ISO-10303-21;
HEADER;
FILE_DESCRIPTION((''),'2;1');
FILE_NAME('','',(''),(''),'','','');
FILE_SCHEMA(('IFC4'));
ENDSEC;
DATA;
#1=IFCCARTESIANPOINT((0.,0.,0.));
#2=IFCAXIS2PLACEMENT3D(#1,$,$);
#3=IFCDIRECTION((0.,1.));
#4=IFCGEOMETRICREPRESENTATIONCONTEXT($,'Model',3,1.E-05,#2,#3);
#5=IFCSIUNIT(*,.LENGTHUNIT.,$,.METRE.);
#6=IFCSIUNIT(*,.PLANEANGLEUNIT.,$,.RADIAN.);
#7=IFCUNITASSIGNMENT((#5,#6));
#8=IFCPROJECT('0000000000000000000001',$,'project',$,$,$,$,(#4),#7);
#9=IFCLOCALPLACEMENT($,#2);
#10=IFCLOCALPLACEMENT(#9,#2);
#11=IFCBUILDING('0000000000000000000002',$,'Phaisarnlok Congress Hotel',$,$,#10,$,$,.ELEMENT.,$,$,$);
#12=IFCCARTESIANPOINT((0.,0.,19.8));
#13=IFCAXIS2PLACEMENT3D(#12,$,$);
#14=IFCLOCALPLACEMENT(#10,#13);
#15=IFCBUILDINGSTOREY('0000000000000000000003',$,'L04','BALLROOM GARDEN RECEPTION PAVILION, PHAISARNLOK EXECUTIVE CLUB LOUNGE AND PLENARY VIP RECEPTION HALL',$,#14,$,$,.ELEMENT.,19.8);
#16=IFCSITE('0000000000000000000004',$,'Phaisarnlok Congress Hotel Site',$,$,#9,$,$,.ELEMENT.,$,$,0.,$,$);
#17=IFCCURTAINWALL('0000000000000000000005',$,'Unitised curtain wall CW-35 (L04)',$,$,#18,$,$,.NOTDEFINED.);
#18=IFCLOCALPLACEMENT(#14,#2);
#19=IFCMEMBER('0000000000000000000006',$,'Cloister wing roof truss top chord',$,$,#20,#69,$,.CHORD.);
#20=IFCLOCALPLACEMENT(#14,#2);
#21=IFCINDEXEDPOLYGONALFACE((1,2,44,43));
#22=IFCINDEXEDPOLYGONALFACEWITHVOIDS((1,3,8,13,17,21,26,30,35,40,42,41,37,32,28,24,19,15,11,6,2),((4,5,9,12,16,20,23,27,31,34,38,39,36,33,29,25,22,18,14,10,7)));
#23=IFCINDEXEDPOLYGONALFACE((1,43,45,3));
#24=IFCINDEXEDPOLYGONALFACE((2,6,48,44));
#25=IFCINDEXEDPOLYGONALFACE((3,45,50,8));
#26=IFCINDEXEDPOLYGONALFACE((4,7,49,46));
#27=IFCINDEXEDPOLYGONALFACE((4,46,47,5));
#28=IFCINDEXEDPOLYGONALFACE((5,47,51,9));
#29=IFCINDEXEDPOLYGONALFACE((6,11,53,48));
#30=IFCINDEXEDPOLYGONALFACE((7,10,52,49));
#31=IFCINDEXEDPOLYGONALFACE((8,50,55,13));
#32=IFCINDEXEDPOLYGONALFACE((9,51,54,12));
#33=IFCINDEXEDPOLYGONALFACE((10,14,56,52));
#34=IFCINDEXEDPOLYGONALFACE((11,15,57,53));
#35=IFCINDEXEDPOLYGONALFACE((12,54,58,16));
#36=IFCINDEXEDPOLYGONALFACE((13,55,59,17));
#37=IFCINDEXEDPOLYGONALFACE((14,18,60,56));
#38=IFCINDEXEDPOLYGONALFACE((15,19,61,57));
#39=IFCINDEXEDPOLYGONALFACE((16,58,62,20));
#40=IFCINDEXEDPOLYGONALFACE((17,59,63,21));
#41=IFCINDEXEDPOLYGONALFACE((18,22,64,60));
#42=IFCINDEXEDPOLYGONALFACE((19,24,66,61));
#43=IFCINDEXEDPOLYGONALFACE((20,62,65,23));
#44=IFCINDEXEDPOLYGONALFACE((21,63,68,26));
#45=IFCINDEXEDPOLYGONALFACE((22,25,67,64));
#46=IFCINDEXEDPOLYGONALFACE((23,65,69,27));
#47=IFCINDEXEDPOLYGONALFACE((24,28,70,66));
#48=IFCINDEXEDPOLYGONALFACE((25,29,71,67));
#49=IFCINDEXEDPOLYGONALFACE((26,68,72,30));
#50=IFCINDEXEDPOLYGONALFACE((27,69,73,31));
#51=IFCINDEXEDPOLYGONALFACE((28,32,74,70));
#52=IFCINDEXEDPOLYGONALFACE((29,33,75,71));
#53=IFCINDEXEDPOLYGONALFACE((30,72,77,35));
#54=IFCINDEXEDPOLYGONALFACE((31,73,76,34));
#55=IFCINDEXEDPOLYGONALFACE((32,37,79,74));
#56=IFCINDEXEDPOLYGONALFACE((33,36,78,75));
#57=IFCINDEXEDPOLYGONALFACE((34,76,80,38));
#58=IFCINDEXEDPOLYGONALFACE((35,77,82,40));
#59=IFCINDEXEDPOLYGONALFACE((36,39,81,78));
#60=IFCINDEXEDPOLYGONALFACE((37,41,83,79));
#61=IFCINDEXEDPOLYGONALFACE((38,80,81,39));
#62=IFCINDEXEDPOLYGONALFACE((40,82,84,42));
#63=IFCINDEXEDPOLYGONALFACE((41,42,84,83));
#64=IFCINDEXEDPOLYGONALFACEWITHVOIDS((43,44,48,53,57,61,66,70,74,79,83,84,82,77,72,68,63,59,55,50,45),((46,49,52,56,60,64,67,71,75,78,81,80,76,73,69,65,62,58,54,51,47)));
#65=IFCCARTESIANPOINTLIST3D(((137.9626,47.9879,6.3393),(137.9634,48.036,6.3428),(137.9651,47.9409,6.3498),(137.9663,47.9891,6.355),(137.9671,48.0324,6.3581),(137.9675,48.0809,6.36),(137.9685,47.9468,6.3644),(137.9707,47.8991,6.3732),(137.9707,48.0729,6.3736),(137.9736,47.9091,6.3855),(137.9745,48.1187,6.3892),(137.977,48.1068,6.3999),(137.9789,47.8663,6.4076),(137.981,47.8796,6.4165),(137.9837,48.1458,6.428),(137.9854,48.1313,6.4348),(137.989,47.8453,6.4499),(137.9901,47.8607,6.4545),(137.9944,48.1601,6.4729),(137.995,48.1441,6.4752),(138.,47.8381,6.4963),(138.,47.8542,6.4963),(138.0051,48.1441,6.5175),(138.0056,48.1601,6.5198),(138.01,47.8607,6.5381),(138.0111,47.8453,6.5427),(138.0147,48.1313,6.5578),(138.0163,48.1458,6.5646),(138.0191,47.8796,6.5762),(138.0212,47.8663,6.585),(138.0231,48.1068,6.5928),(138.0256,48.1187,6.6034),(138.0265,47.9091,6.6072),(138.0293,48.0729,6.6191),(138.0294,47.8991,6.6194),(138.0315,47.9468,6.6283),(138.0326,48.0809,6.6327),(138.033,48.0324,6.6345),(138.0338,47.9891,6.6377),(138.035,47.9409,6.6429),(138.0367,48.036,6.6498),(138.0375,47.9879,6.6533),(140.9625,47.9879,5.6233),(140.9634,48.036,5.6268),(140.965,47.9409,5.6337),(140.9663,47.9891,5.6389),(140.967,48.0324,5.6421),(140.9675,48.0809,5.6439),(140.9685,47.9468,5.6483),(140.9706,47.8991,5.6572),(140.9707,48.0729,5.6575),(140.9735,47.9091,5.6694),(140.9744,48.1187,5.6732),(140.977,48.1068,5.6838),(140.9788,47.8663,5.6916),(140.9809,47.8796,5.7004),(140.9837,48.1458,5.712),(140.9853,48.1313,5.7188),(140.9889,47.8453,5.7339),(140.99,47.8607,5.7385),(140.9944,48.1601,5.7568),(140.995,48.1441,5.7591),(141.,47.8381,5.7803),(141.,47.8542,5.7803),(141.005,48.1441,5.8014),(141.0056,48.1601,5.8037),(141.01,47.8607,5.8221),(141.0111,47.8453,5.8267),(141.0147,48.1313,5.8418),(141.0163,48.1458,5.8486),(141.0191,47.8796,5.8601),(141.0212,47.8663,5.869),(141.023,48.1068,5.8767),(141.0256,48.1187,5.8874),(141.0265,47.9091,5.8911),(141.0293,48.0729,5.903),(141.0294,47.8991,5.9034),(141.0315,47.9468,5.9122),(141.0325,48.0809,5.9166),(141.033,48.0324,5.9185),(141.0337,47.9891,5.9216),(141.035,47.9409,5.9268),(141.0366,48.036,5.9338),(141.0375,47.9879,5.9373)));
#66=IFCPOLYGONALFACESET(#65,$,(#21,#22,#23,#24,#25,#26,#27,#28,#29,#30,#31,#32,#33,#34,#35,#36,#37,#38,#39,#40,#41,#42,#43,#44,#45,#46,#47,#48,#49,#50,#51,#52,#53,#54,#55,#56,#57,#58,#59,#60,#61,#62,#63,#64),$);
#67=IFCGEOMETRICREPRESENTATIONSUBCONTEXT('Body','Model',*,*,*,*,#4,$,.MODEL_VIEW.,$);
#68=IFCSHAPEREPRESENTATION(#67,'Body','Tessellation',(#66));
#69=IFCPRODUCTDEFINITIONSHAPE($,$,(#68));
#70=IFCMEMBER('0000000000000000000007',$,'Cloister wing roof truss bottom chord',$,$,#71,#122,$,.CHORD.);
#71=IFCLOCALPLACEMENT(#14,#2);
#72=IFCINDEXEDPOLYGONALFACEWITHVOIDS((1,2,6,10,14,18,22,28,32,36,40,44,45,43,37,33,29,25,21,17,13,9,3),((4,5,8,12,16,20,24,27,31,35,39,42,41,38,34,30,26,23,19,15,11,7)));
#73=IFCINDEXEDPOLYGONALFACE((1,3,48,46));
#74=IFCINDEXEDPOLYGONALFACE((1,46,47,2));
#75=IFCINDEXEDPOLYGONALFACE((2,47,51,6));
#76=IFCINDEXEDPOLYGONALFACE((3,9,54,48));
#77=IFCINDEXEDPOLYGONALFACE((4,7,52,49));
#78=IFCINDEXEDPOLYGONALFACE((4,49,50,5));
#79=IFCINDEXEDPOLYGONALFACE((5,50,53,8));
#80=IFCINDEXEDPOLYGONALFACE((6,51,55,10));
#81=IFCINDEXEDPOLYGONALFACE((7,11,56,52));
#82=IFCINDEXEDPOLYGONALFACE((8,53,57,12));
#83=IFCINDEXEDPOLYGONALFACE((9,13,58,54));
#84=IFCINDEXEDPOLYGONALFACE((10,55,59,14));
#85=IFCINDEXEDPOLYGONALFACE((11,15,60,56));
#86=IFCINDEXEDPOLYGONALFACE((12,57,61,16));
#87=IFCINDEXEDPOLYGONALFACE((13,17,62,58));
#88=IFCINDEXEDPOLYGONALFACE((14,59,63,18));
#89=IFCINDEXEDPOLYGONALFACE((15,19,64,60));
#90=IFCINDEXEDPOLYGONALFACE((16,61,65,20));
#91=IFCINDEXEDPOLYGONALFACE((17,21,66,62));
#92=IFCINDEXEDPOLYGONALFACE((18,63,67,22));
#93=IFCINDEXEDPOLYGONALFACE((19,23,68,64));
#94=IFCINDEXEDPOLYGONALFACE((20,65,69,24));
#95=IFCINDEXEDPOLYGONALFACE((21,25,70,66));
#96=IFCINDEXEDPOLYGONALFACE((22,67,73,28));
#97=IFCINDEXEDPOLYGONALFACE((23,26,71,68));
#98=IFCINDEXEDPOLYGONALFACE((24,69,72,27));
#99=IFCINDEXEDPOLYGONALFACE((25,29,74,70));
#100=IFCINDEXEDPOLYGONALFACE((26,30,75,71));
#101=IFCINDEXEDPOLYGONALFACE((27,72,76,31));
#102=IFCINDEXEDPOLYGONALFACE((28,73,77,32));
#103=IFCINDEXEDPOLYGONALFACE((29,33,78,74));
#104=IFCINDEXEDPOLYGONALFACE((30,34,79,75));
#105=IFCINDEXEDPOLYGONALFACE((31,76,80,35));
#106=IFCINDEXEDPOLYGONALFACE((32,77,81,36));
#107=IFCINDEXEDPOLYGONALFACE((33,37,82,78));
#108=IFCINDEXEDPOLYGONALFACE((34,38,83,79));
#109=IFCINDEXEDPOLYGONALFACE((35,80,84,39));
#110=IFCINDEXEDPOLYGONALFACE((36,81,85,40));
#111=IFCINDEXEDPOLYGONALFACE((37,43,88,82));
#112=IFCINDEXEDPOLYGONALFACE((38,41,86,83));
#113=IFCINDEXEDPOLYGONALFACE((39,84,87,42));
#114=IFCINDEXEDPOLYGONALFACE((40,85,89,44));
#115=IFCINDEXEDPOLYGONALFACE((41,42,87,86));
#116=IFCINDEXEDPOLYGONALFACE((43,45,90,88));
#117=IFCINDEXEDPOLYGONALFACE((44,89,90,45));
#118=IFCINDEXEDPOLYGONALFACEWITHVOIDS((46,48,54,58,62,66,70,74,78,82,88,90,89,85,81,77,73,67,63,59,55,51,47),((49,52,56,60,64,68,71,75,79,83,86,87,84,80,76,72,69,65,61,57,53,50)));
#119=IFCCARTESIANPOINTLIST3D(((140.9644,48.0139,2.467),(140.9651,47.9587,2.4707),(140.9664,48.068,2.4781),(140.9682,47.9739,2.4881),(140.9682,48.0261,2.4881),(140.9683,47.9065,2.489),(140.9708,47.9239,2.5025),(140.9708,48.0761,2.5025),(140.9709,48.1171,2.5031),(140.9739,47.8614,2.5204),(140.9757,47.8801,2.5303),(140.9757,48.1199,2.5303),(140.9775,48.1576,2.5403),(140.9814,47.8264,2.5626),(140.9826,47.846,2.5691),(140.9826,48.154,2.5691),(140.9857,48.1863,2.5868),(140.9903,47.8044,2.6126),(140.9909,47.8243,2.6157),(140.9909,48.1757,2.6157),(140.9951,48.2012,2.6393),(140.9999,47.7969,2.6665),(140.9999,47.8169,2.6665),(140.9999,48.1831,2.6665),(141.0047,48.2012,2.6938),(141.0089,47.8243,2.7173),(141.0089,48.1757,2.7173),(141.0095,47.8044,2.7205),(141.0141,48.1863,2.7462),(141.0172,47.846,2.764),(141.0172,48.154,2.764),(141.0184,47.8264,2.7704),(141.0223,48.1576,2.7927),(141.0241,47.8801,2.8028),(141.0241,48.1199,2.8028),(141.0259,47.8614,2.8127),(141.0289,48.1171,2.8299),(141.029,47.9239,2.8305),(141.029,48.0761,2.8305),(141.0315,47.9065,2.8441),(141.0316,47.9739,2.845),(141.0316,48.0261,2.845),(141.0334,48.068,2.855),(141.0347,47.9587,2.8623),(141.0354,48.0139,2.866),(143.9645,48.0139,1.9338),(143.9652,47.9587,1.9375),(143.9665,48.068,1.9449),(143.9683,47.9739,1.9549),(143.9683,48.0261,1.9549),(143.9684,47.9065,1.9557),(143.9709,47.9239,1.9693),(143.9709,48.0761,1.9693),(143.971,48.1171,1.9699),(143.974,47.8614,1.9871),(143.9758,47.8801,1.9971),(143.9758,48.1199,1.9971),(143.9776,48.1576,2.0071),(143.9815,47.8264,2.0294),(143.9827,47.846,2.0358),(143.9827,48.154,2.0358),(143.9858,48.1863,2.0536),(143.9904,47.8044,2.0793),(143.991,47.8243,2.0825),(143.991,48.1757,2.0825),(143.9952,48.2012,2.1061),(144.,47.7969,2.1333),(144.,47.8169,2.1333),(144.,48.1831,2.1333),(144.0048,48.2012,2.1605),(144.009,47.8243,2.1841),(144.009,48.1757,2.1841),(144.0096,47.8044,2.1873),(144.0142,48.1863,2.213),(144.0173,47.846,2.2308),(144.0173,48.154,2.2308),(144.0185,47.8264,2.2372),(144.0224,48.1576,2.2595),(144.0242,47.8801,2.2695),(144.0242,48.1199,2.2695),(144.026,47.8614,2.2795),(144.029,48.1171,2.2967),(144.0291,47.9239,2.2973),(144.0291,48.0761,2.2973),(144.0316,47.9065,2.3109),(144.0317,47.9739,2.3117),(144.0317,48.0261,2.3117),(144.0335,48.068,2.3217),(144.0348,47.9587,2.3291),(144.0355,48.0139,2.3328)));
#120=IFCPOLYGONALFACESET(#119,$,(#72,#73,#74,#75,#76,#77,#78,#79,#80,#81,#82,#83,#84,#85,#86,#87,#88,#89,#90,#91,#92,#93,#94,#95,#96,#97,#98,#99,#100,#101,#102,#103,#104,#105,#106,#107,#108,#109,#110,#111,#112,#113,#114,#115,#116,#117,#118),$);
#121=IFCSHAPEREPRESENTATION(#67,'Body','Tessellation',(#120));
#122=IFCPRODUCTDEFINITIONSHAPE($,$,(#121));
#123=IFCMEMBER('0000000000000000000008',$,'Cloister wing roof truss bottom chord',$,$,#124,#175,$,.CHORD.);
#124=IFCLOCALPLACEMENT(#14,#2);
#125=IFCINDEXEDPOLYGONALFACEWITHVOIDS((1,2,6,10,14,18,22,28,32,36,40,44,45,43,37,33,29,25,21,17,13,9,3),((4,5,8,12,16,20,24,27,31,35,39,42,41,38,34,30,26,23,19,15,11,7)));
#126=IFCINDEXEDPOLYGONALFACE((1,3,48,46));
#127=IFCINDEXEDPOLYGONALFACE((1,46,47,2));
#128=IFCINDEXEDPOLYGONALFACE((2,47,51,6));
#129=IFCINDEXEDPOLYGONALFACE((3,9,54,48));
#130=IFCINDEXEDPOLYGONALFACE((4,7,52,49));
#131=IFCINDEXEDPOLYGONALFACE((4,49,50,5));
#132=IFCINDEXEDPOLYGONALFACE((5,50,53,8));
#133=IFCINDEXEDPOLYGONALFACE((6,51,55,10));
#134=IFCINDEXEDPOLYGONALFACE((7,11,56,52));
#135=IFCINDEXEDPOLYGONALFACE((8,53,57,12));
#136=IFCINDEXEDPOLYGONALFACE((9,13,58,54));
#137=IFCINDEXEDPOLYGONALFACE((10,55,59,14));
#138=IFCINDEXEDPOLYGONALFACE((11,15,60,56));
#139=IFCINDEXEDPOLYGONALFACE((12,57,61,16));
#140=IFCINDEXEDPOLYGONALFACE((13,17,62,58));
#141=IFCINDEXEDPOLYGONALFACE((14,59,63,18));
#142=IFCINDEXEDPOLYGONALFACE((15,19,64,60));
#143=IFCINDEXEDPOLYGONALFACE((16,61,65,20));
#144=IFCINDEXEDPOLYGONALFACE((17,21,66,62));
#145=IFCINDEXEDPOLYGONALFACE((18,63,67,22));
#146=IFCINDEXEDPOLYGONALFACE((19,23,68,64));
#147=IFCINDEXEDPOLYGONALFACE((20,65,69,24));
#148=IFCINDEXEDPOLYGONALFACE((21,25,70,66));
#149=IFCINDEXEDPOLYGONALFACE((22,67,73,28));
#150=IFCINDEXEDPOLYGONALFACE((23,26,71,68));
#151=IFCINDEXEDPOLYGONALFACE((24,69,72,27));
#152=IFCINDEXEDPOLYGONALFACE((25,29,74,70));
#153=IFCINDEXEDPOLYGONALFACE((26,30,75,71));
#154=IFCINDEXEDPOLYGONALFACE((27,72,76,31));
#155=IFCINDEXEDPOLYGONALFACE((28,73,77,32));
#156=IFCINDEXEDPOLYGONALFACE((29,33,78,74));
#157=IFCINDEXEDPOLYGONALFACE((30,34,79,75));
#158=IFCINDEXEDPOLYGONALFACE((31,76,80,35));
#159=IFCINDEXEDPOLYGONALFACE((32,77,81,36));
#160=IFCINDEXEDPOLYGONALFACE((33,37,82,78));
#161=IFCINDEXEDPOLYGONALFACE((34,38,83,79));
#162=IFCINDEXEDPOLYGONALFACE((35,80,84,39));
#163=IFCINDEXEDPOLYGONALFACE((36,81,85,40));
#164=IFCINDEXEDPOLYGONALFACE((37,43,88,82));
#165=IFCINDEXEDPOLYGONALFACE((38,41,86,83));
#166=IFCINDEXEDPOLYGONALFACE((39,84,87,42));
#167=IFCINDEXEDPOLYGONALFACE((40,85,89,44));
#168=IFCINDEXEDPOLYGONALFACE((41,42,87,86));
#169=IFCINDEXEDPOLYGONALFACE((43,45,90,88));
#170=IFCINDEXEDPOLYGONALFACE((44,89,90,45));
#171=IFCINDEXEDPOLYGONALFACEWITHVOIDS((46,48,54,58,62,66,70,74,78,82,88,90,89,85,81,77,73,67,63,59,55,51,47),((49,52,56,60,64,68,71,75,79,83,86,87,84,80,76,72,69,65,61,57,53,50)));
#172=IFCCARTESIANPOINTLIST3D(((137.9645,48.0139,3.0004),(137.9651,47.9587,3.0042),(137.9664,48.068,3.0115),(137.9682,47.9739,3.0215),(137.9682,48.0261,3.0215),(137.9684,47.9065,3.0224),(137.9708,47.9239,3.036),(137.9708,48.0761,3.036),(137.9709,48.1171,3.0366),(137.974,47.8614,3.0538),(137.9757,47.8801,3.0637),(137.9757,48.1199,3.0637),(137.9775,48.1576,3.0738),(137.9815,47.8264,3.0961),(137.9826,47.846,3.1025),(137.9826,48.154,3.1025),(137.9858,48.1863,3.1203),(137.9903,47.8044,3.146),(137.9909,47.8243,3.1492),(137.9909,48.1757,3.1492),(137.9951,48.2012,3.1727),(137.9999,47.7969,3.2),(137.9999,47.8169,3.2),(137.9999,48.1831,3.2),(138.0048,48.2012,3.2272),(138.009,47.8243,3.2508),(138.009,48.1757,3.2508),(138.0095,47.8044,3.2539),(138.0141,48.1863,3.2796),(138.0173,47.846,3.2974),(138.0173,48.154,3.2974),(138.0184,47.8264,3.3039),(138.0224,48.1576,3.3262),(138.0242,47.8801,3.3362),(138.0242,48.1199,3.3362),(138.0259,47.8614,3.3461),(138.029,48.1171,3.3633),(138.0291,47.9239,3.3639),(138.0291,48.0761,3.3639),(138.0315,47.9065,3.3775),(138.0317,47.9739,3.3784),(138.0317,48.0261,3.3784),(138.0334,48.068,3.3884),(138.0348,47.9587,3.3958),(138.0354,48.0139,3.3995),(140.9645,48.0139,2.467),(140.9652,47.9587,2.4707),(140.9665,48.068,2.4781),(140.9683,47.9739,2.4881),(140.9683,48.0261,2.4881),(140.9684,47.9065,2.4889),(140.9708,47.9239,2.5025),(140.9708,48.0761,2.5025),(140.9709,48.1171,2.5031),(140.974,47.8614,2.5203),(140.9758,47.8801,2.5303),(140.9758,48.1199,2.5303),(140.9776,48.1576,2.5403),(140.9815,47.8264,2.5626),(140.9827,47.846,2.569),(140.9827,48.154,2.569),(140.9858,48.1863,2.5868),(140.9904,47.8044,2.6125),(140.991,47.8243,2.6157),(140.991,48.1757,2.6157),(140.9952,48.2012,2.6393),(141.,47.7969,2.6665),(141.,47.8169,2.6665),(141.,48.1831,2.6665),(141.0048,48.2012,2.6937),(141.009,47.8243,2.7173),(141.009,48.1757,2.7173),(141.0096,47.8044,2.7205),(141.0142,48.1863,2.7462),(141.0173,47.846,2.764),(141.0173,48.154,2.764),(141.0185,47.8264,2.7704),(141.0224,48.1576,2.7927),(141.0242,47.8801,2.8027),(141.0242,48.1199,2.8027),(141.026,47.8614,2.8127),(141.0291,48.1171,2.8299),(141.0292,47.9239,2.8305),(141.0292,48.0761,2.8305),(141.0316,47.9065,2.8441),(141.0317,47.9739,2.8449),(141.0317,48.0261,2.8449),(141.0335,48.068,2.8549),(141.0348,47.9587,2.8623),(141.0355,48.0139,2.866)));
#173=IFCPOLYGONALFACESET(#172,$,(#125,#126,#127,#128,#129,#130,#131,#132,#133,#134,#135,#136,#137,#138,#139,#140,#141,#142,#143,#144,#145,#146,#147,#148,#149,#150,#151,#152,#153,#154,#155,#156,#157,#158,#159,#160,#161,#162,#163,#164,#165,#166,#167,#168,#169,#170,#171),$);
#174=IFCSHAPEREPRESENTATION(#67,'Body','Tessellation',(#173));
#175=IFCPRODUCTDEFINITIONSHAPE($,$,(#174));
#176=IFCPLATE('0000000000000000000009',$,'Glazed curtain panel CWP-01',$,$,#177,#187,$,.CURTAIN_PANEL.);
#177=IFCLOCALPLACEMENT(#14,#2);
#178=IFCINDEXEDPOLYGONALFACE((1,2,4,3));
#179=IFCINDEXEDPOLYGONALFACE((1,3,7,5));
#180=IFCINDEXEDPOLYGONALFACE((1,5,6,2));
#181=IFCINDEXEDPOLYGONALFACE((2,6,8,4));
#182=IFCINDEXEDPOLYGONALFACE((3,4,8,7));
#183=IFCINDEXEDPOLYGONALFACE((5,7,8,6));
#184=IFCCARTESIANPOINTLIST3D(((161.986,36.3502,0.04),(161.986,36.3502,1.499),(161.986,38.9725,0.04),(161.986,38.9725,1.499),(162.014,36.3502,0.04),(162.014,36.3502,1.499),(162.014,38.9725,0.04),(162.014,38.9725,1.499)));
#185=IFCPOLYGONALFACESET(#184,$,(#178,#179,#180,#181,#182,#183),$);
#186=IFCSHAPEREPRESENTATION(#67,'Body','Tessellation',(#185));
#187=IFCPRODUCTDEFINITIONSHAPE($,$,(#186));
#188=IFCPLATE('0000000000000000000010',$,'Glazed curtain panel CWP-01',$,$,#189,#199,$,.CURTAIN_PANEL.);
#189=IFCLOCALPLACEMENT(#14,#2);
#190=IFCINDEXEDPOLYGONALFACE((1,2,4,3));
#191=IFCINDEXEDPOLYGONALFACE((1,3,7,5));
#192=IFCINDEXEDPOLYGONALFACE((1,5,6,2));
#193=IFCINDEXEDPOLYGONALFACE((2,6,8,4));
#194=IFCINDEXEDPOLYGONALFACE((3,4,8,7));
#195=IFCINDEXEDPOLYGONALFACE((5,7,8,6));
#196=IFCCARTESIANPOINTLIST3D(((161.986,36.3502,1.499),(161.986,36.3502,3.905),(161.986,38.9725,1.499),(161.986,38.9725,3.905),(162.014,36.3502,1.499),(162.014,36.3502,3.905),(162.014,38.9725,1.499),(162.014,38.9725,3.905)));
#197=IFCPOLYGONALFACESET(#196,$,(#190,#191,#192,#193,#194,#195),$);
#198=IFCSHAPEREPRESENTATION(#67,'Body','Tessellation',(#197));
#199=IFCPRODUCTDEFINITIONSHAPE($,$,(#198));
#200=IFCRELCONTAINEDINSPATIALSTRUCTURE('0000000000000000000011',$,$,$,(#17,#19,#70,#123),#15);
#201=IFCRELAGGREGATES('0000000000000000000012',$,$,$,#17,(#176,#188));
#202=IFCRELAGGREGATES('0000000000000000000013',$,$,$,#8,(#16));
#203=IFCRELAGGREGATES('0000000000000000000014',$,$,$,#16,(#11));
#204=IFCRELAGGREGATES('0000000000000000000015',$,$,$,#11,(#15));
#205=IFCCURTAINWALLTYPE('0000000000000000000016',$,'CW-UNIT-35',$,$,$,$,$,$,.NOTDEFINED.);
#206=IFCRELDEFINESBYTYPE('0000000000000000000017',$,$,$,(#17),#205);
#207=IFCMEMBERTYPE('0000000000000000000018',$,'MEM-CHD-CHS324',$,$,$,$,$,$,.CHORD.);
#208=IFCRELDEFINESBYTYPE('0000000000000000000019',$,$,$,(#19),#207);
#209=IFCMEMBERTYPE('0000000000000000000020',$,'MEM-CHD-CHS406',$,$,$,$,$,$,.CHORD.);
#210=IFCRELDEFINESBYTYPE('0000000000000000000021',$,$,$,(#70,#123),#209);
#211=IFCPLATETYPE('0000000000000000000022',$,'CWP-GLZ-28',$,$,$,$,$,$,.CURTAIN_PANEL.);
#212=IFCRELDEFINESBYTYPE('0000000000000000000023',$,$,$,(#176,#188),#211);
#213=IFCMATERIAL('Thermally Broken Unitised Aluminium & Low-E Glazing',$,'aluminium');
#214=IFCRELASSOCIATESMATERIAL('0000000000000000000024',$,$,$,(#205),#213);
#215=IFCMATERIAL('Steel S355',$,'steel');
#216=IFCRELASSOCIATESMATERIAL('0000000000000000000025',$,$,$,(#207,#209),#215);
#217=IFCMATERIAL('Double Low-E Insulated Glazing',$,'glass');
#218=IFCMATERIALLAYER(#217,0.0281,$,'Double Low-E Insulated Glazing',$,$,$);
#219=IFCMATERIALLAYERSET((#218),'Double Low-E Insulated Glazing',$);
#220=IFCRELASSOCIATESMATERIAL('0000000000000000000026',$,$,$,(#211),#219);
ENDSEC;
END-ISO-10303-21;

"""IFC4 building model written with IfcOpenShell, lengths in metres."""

from ifc_helpers import new_model, si_unit, direction, frame, frame_2d, origin, origin_2d, place, context, subcontext, project, spatial, rectangle, hollow_circle, extrude, material, layer, layer_set, material_profile, profile_set, type_object, element, aggregate, save


model = new_model("IFC4")

# Units and contexts
model_context = context("Model", 3, precision=1e-05, world=origin(), true_north=direction((0.0, 1.0)))
body_context = subcontext(model_context, "Body", "Model", "MODEL_VIEW")
ifc_project = project(units=[si_unit("LENGTHUNIT", "METRE"), si_unit("PLANEANGLEUNIT", "RADIAN")], contexts=[model_context])

# Site, building, storey
site_placement = place(None, origin())
site = spatial("IfcSite", under=ifc_project, at=site_placement, Name="Phaisarnlok Congress Hotel Site", CompositionType="ELEMENT", RefElevation=0.0)
building_placement = place(site_placement, origin())
building = spatial("IfcBuilding", under=site, at=building_placement, Name="Phaisarnlok Congress Hotel", CompositionType="ELEMENT")
storey_placement = place(building_placement, frame((0.0, 0.0, 19.8)))
storey = spatial("IfcBuildingStorey", under=building, at=storey_placement, Name="L04", Description="BALLROOM GARDEN RECEPTION PAVILION, PHAISARNLOK EXECUTIVE CLUB LOUNGE AND PLENARY VIP RECEPTION HALL", CompositionType="ELEMENT", Elevation=19.8)

# Shared definitions
ifc_material_1 = material(Name="Steel S355", Category="steel")

# Curtain wall
ifc_material_2 = material(Name="Thermally Broken Unitised Aluminium & Low-E Glazing", Category="aluminium")
curtain_wall_type = type_object("IfcCurtainWallType", Name="CW-UNIT-35", PredefinedType="NOTDEFINED", material=ifc_material_2)
curtain_wall_placement = place(storey_placement, origin())
curtain_wall = element("IfcCurtainWall", 1, at=curtain_wall_placement, inside=storey, type_object=curtain_wall_type, Name="Unitised curtain wall CW-35 (L04)", PredefinedType="NOTDEFINED")

# Members
ifc_material_profile_1 = material_profile(ifc_material_1, hollow_circle(Radius=0.1619, WallThickness=0.0161, at=origin_2d()), Name="CHS 323.9x16")
ifc_profile_set_1 = profile_set([ifc_material_profile_1], Name="Steel S355")
member_type_1 = type_object("IfcMemberType", Name="MEM-CHD-CHS324", PredefinedType="CHORD", material=ifc_profile_set_1)
for number, where, z_axis, x_axis, name in (
    (2, (141.0, 48.0, 5.7803), (-0.972676, 0.0, 0.232166), (0.0, -1.0, 0.0), "Cloister wing roof truss top chord"),
):
    element("IfcMember", number, at=place(storey_placement, frame(where, z_axis=z_axis, x_axis=x_axis)), inside=storey, type_object=member_type_1, Name=name, PredefinedType="CHORD", context=body_context, shape_type="SweptSolid", body=[
        extrude(hollow_circle(Radius=0.1619, WallThickness=0.0161, at=origin_2d()), origin(), (0.0, 0.0, 1.0), 3.0842),
    ])
ifc_material_profile_2 = material_profile(ifc_material_1, hollow_circle(Radius=0.2031, WallThickness=0.02, at=origin_2d()), Name="CHS 406.4x20")
ifc_profile_set_2 = profile_set([ifc_material_profile_2], Name="Steel S355")
member_type_2 = type_object("IfcMemberType", Name="MEM-CHD-CHS406", PredefinedType="CHORD", material=ifc_profile_set_2)
for number, where, z_axis, x_axis, name in (
    (3, (144.0, 48.0, 2.1333), (-0.98457, 0.0, 0.174992), (0.0, -1.0, 0.0), "Cloister wing roof truss bottom chord"),
    (4, (141.0, 48.0, 2.6665), (-0.984556, 0.0, 0.17507), (0.0, -1.0, 0.0), "Cloister wing roof truss bottom chord"),
):
    element("IfcMember", number, at=place(storey_placement, frame(where, z_axis=z_axis, x_axis=x_axis)), inside=storey, type_object=member_type_2, Name=name, PredefinedType="CHORD", context=body_context, shape_type="SweptSolid", body=[
        extrude(hollow_circle(Radius=0.2031, WallThickness=0.02, at=origin_2d()), origin(), (0.0, 0.0, 1.0), 3.0471),
    ])

# Plates
ifc_material_3 = material(Name="Double Low-E Insulated Glazing", Category="glass")
ifc_layer_1 = layer(ifc_material_3, 0.0281, Name="Double Low-E Insulated Glazing")
ifc_layer_set_1 = layer_set([ifc_layer_1], Name="Double Low-E Insulated Glazing")
plate_type_1 = type_object("IfcPlateType", Name="CWP-GLZ-28", PredefinedType="CURTAIN_PANEL", material=ifc_layer_set_1)
plate_1_placement = place(storey_placement, frame((162.0, 38.9724, 0.04), z_axis=(0.0, 0.0, 1.0), x_axis=(0.0, -1.0, 0.0)))
plate_1 = element("IfcPlate", 5, at=plate_1_placement, type_object=plate_type_1, Name="Glazed curtain panel CWP-01", PredefinedType="CURTAIN_PANEL", context=body_context, shape_type="SweptSolid", body=[
    extrude(rectangle(XDim=2.6223, YDim=0.0281, at=frame_2d((1.311, 0.0))), origin(), (0.0, 0.0, 1.0), 1.459),
])
plate_2_placement = place(storey_placement, frame((162.0, 38.9724, 1.499), z_axis=(0.0, 0.0, 1.0), x_axis=(0.0, -1.0, 0.0)))
plate_2 = element("IfcPlate", 6, at=plate_2_placement, type_object=plate_type_1, Name="Glazed curtain panel CWP-01", PredefinedType="CURTAIN_PANEL", context=body_context, shape_type="SweptSolid", body=[
    extrude(rectangle(XDim=2.6223, YDim=0.0281, at=frame_2d((1.311, 0.0))), origin(), (0.0, 0.0, 1.0), 2.406),
])
aggregate(curtain_wall, [plate_1, plate_2])

save(model, "model.ifc")
